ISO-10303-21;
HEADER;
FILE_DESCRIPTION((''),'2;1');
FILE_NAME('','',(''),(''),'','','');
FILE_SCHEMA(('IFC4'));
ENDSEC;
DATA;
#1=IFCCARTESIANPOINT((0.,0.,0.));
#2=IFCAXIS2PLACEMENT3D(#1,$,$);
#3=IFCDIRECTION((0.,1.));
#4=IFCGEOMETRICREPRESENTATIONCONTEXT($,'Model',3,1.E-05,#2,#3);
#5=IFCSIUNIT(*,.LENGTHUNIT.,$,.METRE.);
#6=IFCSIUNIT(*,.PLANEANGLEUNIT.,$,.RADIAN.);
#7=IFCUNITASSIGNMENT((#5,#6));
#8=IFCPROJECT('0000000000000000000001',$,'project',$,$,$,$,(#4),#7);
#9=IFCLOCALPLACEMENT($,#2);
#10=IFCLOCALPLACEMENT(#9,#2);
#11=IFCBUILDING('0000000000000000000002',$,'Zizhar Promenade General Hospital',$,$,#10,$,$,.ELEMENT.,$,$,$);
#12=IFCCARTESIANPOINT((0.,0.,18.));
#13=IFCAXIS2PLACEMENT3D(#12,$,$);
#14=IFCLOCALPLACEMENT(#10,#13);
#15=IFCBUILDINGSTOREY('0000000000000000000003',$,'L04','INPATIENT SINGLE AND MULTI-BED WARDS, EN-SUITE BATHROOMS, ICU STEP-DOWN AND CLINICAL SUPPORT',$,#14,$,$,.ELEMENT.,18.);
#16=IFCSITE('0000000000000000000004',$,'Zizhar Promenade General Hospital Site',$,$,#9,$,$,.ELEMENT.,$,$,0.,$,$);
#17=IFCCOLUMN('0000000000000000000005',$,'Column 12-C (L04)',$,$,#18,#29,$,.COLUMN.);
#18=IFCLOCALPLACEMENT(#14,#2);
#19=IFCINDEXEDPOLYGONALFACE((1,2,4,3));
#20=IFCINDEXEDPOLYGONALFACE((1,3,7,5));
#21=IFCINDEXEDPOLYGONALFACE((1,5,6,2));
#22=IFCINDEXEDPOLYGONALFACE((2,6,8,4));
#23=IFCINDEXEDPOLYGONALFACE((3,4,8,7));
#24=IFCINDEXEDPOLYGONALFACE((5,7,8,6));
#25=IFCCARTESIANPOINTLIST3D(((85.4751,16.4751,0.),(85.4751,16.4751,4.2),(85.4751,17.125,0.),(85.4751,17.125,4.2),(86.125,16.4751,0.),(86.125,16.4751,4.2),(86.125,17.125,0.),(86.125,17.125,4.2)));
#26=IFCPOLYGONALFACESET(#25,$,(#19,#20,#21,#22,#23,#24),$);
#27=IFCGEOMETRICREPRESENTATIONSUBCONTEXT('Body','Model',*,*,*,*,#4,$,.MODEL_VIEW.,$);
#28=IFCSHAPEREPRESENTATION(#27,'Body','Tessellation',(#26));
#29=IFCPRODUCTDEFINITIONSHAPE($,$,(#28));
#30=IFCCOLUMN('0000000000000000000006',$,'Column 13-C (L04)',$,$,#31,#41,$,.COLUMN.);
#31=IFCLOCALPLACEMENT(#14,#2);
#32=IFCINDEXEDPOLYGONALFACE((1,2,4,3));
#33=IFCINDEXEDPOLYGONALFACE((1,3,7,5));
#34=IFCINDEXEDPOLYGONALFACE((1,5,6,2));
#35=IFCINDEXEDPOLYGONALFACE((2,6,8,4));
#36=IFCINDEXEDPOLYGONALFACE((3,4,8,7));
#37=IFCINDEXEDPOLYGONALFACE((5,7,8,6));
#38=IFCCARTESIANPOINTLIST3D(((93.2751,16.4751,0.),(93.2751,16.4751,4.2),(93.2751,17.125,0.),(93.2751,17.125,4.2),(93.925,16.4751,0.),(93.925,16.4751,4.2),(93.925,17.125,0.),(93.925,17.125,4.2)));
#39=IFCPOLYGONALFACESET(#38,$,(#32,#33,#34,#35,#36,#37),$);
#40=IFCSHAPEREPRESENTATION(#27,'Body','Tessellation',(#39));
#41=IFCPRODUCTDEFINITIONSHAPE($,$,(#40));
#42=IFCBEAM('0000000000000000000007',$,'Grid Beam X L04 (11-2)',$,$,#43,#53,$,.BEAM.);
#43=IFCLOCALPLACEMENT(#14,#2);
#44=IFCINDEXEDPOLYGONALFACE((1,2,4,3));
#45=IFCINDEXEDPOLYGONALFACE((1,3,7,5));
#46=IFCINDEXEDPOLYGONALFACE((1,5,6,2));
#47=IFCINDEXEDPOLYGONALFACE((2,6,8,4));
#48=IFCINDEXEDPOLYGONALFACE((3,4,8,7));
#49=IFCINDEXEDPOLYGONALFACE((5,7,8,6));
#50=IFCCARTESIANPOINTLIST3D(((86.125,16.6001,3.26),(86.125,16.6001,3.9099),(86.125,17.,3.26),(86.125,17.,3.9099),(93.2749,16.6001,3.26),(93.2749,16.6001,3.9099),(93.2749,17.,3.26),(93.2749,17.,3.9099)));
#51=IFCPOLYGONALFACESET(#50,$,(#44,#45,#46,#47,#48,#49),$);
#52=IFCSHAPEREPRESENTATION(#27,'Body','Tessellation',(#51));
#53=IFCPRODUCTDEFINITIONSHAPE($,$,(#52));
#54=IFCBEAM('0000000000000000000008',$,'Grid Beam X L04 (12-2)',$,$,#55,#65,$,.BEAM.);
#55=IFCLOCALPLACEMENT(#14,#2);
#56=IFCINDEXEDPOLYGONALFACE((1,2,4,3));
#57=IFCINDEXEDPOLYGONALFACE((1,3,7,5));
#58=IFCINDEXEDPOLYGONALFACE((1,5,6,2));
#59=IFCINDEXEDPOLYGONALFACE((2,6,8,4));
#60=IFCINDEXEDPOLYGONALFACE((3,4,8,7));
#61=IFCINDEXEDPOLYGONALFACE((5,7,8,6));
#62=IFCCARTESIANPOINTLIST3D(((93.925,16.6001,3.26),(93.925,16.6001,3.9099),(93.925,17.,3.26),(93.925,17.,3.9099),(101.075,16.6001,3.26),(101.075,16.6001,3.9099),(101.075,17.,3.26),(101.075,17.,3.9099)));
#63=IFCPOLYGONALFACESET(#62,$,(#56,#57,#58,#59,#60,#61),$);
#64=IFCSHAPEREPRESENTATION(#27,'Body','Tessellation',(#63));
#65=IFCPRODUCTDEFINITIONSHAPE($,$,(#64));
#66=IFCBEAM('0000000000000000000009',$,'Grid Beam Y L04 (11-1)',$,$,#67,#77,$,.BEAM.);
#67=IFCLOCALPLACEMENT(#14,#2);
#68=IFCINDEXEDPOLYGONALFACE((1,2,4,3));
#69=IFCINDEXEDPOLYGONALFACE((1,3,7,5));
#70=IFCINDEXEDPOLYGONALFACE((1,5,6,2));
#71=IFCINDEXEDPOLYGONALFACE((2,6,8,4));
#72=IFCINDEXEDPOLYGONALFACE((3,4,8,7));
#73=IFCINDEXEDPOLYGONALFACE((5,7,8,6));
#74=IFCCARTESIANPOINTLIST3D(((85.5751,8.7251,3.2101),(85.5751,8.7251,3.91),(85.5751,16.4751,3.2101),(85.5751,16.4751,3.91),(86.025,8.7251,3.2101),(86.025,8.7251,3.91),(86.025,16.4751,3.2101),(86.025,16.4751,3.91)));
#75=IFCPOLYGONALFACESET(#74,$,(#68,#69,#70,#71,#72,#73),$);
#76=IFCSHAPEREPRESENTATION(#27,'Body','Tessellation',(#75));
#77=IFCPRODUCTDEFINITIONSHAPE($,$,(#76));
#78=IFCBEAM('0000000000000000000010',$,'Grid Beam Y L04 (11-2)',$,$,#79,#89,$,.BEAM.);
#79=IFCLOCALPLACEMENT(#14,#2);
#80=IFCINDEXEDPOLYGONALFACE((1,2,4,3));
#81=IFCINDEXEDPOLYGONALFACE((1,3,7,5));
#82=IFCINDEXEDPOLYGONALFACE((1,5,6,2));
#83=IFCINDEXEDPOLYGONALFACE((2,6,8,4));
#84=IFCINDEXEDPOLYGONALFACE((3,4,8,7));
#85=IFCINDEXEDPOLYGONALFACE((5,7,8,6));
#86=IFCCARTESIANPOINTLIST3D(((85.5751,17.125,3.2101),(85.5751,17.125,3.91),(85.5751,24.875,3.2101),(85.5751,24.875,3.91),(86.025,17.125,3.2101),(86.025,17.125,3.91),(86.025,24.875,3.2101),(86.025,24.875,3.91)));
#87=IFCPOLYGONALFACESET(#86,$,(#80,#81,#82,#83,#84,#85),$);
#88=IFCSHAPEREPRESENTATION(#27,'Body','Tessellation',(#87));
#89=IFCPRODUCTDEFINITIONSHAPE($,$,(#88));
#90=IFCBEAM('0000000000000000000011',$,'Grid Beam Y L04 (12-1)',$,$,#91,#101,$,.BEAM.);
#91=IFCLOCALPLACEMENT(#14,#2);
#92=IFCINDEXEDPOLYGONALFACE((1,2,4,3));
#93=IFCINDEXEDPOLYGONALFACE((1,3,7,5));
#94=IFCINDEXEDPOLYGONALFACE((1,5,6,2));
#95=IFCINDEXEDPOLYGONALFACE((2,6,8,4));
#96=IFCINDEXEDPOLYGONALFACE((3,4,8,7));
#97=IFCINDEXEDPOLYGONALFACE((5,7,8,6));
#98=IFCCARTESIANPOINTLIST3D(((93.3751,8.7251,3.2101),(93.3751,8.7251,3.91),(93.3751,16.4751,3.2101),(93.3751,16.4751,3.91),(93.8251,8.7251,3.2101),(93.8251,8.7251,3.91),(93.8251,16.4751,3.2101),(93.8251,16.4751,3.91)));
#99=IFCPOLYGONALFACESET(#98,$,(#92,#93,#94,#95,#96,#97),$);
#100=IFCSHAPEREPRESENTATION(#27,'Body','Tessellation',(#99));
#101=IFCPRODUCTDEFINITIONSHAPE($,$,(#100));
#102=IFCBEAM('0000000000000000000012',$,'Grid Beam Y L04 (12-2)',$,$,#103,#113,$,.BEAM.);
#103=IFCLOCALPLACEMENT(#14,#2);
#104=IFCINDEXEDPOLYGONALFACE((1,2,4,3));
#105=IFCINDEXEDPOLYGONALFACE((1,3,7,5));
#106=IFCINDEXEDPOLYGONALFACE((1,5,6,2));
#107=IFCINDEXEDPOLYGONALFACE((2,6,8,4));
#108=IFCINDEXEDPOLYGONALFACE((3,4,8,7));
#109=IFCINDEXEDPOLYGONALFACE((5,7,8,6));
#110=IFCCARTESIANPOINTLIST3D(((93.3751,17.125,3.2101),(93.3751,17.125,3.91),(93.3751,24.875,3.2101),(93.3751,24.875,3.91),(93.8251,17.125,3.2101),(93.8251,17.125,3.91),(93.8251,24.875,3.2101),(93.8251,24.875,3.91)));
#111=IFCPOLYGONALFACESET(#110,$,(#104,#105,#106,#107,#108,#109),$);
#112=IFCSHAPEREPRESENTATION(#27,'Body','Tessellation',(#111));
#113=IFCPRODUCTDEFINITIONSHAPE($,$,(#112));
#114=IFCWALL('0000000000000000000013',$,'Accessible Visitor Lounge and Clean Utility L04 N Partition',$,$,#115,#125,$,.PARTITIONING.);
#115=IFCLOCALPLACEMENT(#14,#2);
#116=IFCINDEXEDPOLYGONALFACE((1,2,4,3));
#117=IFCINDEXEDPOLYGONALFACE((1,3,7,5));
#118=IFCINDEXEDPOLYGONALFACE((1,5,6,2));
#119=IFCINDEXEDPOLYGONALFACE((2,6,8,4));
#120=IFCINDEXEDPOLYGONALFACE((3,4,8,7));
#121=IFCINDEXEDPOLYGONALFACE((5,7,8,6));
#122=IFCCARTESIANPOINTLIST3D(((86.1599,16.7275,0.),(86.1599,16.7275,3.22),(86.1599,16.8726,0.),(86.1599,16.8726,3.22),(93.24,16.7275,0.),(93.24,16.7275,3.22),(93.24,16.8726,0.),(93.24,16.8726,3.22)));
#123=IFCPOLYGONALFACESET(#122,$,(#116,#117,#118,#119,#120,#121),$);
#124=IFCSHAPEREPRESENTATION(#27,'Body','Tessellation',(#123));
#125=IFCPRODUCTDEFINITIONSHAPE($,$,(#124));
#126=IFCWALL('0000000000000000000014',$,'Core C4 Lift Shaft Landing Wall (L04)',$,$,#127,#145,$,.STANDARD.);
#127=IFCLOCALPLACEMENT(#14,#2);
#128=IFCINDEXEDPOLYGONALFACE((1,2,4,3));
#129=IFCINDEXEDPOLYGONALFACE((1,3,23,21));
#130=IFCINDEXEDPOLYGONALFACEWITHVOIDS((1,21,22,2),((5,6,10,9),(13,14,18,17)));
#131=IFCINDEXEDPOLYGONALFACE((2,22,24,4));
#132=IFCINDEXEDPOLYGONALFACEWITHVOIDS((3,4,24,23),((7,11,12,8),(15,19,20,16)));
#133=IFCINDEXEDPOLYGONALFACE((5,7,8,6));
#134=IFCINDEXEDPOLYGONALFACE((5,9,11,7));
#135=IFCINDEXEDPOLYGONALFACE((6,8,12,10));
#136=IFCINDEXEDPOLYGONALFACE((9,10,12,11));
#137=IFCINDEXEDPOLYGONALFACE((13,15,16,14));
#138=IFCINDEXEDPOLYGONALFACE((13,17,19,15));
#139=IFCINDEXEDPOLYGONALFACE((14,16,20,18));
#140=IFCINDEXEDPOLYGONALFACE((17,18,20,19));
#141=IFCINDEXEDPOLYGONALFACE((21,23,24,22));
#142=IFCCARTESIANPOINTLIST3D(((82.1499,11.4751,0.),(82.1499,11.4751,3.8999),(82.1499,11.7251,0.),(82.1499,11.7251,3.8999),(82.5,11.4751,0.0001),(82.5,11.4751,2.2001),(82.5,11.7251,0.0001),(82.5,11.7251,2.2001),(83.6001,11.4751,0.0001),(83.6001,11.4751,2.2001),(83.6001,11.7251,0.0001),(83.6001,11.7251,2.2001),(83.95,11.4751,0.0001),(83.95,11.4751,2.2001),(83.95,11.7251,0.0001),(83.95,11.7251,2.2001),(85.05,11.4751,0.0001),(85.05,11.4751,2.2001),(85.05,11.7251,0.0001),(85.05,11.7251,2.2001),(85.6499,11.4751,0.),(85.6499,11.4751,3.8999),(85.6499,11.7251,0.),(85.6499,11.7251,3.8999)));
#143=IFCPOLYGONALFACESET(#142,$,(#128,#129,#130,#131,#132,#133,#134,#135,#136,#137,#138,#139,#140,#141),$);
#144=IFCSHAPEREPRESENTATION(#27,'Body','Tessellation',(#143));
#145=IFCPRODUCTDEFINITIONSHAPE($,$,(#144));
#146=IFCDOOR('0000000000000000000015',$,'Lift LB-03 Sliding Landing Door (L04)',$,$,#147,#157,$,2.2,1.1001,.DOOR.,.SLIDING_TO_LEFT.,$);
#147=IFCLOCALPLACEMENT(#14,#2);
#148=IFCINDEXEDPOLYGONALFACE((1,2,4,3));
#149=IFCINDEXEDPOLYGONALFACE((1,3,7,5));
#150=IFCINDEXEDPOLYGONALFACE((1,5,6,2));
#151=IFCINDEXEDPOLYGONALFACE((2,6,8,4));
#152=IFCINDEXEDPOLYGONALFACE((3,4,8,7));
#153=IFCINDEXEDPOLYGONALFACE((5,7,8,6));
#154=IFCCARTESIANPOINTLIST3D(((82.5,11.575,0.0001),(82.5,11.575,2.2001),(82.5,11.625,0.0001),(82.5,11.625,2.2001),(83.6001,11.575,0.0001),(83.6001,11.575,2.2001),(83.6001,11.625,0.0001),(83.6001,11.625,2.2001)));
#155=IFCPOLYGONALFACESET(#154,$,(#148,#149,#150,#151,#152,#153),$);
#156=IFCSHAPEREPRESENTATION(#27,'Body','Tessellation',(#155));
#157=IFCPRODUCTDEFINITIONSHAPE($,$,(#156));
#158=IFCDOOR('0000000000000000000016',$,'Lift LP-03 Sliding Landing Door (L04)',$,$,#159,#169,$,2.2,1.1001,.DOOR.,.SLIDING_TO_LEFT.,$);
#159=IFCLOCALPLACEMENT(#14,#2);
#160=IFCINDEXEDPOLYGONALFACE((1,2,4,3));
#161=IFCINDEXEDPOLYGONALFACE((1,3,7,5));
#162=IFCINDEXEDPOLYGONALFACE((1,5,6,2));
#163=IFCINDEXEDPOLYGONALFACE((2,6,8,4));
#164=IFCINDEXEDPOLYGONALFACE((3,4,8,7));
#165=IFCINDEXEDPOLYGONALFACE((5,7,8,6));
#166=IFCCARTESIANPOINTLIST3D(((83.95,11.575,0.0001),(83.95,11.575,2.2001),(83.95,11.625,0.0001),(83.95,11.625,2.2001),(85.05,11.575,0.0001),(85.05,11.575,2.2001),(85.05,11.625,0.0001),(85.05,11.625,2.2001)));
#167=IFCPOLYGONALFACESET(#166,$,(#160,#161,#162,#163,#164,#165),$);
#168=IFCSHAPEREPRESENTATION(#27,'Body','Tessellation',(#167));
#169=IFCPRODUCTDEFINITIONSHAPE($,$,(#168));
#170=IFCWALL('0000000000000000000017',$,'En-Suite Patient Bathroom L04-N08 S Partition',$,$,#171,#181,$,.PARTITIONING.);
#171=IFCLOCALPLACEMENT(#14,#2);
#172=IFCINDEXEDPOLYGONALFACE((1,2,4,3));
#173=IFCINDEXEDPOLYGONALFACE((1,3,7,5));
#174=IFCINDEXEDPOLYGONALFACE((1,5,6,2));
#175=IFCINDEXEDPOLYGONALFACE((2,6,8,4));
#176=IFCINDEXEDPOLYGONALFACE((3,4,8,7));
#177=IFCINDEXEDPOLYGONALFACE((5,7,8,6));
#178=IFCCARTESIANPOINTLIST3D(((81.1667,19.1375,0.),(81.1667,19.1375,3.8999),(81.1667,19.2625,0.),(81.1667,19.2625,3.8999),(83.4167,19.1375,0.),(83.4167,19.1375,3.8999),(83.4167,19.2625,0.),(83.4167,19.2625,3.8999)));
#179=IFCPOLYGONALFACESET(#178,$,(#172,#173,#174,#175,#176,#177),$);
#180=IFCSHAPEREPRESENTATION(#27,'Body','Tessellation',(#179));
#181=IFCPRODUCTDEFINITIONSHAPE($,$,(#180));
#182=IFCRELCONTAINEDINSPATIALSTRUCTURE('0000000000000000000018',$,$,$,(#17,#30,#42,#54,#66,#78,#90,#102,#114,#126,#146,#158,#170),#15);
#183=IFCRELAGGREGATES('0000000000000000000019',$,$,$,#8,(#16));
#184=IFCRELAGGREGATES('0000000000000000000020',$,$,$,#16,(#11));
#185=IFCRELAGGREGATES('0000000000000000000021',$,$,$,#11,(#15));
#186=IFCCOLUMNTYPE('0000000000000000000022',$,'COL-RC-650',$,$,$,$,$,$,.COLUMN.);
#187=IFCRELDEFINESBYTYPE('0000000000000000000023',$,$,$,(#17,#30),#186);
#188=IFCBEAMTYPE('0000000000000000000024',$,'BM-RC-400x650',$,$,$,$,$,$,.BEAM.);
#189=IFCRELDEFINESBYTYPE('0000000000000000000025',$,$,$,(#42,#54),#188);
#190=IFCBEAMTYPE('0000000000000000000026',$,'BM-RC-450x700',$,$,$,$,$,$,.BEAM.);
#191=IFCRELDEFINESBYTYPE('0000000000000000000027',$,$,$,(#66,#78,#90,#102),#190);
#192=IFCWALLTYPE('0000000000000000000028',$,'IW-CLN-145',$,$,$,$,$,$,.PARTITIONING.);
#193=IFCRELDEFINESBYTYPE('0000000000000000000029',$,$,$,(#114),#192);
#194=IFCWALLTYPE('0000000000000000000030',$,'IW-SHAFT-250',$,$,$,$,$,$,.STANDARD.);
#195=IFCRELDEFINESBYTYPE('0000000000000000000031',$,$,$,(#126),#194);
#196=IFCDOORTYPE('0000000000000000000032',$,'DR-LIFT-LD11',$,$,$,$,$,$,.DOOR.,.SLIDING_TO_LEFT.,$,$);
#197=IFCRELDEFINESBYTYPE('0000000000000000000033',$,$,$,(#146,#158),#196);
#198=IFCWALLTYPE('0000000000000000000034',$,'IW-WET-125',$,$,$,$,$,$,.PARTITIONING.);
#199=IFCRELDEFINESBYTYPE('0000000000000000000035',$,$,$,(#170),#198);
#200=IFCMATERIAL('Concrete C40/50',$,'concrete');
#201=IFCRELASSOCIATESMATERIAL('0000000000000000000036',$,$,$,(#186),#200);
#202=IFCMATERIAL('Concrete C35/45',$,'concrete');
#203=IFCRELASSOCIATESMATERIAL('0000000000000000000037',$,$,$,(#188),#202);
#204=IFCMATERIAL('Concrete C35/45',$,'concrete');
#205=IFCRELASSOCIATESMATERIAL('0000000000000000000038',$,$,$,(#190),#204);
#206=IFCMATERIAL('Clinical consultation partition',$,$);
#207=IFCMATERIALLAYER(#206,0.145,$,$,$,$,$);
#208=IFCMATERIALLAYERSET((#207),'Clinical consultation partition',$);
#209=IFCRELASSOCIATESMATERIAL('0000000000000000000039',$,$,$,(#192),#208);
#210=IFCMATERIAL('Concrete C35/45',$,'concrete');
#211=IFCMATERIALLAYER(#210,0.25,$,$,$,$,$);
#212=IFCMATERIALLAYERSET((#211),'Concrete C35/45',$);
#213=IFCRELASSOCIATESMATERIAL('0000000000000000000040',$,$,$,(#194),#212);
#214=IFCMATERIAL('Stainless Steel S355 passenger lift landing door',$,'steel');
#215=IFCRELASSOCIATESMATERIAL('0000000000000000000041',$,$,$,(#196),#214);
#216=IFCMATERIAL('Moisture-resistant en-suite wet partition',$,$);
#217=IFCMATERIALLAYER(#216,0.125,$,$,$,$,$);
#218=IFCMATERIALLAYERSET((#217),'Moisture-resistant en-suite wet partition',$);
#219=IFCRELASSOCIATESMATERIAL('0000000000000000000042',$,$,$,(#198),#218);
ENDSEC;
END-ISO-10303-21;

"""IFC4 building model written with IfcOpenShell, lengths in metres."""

from ifc_helpers import new_model, si_unit, direction, frame, frame_2d, origin, origin_2d, place, context, subcontext, project, spatial, rectangle, extrude, material, layer, layer_set, material_profile, profile_set, type_object, element, fill, save


model = new_model("IFC4")

# Units and contexts
model_context = context("Model", 3, precision=1e-05, world=origin(), true_north=direction((0.0, 1.0)))
body_context = subcontext(model_context, "Body", "Model", "MODEL_VIEW")
ifc_project = project(units=[si_unit("LENGTHUNIT", "METRE"), si_unit("PLANEANGLEUNIT", "RADIAN")], contexts=[model_context])

# Site, building, storey
site_placement = place(None, origin())
site = spatial("IfcSite", under=ifc_project, at=site_placement, Name="Zizhar Promenade General Hospital Site", CompositionType="ELEMENT", RefElevation=0.0)
building_placement = place(site_placement, origin())
building = spatial("IfcBuilding", under=site, at=building_placement, Name="Zizhar Promenade General Hospital", CompositionType="ELEMENT")
storey_placement = place(building_placement, frame((0.0, 0.0, 18.0)))
storey = spatial("IfcBuildingStorey", under=building, at=storey_placement, Name="L04", Description="INPATIENT SINGLE AND MULTI-BED WARDS, EN-SUITE BATHROOMS, ICU STEP-DOWN AND CLINICAL SUPPORT", CompositionType="ELEMENT", Elevation=18.0)

# Columns
ifc_material_1 = material(Name="Concrete C40/50", Category="concrete")
ifc_material_profile_1 = material_profile(ifc_material_1, rectangle(XDim=0.6499, YDim=0.6499, at=origin_2d()))
ifc_profile_set_1 = profile_set([ifc_material_profile_1], Name="Concrete C40/50")
column_type = type_object("IfcColumnType", Name="COL-RC-650", PredefinedType="COLUMN", material=ifc_profile_set_1)
for number, where, z_axis, x_axis, name in (
    (1, (85.8, 16.8, 0.0), (0.0, 0.0, 1.0), (1.0, 0.0, 0.0), "Column 12-C (L04)"),
    (2, (93.6001, 16.8, 0.0), (0.0, 0.0, 1.0), (1.0, 0.0, 0.0), "Column 13-C (L04)"),
):
    element("IfcColumn", number, at=place(storey_placement, frame(where, z_axis=z_axis, x_axis=x_axis)), inside=storey, type_object=column_type, Name=name, PredefinedType="COLUMN", context=body_context, shape_type="SweptSolid", body=[
        extrude(rectangle(XDim=0.6499, YDim=0.6499, at=origin_2d()), origin(), (0.0, 0.0, 1.0), 4.2),
    ])

# Beams
ifc_material_2 = material(Name="Concrete C35/45", Category="concrete")
ifc_material_profile_2 = material_profile(ifc_material_2, rectangle(XDim=0.3999, YDim=0.6499, at=origin_2d()))
ifc_profile_set_2 = profile_set([ifc_material_profile_2], Name="Concrete C35/45")
beam_type_1 = type_object("IfcBeamType", Name="BM-RC-400x650", PredefinedType="BEAM", material=ifc_profile_set_2)
for number, where, z_axis, x_axis, name in (
    (3, (86.125, 16.8, 3.585), (1.0, 0.0, 0.0), (0.0, 1.0, 0.0), "Grid Beam X L04 (11-2)"),
    (4, (93.925, 16.8, 3.585), (1.0, 0.0, 0.0), (0.0, 1.0, 0.0), "Grid Beam X L04 (12-2)"),
):
    element("IfcBeam", number, at=place(storey_placement, frame(where, z_axis=z_axis, x_axis=x_axis)), inside=storey, type_object=beam_type_1, Name=name, PredefinedType="BEAM", context=body_context, shape_type="SweptSolid", body=[
        extrude(rectangle(XDim=0.3999, YDim=0.6499, at=origin_2d()), origin(), (0.0, 0.0, 1.0), 7.1499),
    ])
ifc_material_3 = material(Name="Concrete C35/45", Category="concrete")
ifc_material_profile_3 = material_profile(ifc_material_3, rectangle(XDim=0.45, YDim=0.7, at=origin_2d()))
ifc_profile_set_3 = profile_set([ifc_material_profile_3], Name="Concrete C35/45")
beam_type_2 = type_object("IfcBeamType", Name="BM-RC-450x700", PredefinedType="BEAM", material=ifc_profile_set_3)
for number, where, z_axis, x_axis, name in (
    (5, (85.8, 8.7251, 3.5601), (0.0, 1.0, 0.0), (-1.0, 0.0, 0.0), "Grid Beam Y L04 (11-1)"),
    (6, (85.8, 17.125, 3.5601), (0.0, 1.0, 0.0), (-1.0, 0.0, 0.0), "Grid Beam Y L04 (11-2)"),
    (7, (93.6001, 8.7251, 3.5601), (0.0, 1.0, 0.0), (-1.0, 0.0, 0.0), "Grid Beam Y L04 (12-1)"),
    (8, (93.6001, 17.125, 3.5601), (0.0, 1.0, 0.0), (-1.0, 0.0, 0.0), "Grid Beam Y L04 (12-2)"),
):
    element("IfcBeam", number, at=place(storey_placement, frame(where, z_axis=z_axis, x_axis=x_axis)), inside=storey, type_object=beam_type_2, Name=name, PredefinedType="BEAM", context=body_context, shape_type="SweptSolid", body=[
        extrude(rectangle(XDim=0.45, YDim=0.7, at=origin_2d()), origin(), (0.0, 0.0, 1.0), 7.75),
    ])

# Wall
ifc_material_4 = material(Name="Clinical consultation partition")
ifc_layer_1 = layer(ifc_material_4, 0.145)
ifc_layer_set_1 = layer_set([ifc_layer_1], Name="Clinical consultation partition")
wall_type_1 = type_object("IfcWallType", Name="IW-CLN-145", PredefinedType="PARTITIONING", material=ifc_layer_set_1)
wall_1_placement = place(storey_placement, frame((86.1599, 16.8, 0.0), z_axis=(0.0, 0.0, 1.0), x_axis=(1.0, 0.0, 0.0)))
element("IfcWall", 9, at=wall_1_placement, inside=storey, type_object=wall_type_1, Name="Accessible Visitor Lounge and Clean Utility L04 N Partition", PredefinedType="PARTITIONING", context=body_context, shape_type="SweptSolid", body=[
    extrude(rectangle(XDim=7.0801, YDim=0.145, at=frame_2d((3.54, 0.0))), origin(), (0.0, 0.0, 1.0), 3.22),
])

# Wall, openings, doors
ifc_material_5 = material(Name="Concrete C35/45", Category="concrete")
ifc_layer_2 = layer(ifc_material_5, 0.25)
ifc_layer_set_2 = layer_set([ifc_layer_2], Name="Concrete C35/45")
wall_type_2 = type_object("IfcWallType", Name="IW-SHAFT-250", PredefinedType="STANDARD", material=ifc_layer_set_2)
wall_2_placement = place(storey_placement, frame((82.1499, 11.6001, 0.0), z_axis=(0.0, 0.0, 1.0), x_axis=(1.0, 0.0, 0.0)))
wall_2 = element("IfcWall", 10, at=wall_2_placement, inside=storey, type_object=wall_type_2, Name="Core C4 Lift Shaft Landing Wall (L04)", PredefinedType="STANDARD", context=body_context, shape_type="SweptSolid", body=[
    extrude(rectangle(XDim=3.5, YDim=0.25, at=frame_2d((1.75, 0.0))), origin(), (0.0, 0.0, 1.0), 3.8999),
])
opening_1_placement = place(wall_2_placement, frame((0.3501, 0.0, 0.0)))
opening_1 = element("IfcOpeningElement", 11, at=opening_1_placement, cuts=wall_2, PredefinedType="OPENING", context=body_context, shape_type="SweptSolid", body=[
    extrude(rectangle(XDim=1.1001, YDim=2.2, at=frame_2d((0.55, 1.1001))), frame((0.0, 0.135, 0.0), z_axis=(0.0, -1.0, 0.0), x_axis=(1.0, 0.0, 0.0)), (0.0, 0.0, 1.0), 0.27),
])
opening_2_placement = place(wall_2_placement, frame((1.8, 0.0, 0.0)))
opening_2 = element("IfcOpeningElement", 12, at=opening_2_placement, cuts=wall_2, PredefinedType="OPENING", context=body_context, shape_type="SweptSolid", body=[
    extrude(rectangle(XDim=1.1001, YDim=2.2, at=frame_2d((0.55, 1.1001))), frame((0.0, 0.135, 0.0), z_axis=(0.0, -1.0, 0.0), x_axis=(1.0, 0.0, 0.0)), (0.0, 0.0, 1.0), 0.27),
])
ifc_material_6 = material(Name="Stainless Steel S355 passenger lift landing door", Category="steel")
door_type = type_object("IfcDoorType", Name="DR-LIFT-LD11", OperationType="SLIDING_TO_LEFT", PredefinedType="DOOR", material=ifc_material_6)
door_1_placement = place(opening_1_placement, origin())
door_1 = element("IfcDoor", 13, at=door_1_placement, inside=storey, type_object=door_type, Name="Lift LB-03 Sliding Landing Door (L04)", OperationType="SLIDING_TO_LEFT", OverallHeight=2.2, OverallWidth=1.1001, PredefinedType="DOOR", context=body_context, shape_type="SweptSolid", body=[
    extrude(rectangle(XDim=1.1001, YDim=2.2, at=frame_2d((0.55, 1.1001))), frame((0.0, 0.0249, 0.0), z_axis=(0.0, -1.0, 0.0), x_axis=(1.0, 0.0, 0.0)), (0.0, 0.0, 1.0), 0.05),
])
fill(opening_1, door_1)
door_2_placement = place(opening_2_placement, origin())
door_2 = element("IfcDoor", 14, at=door_2_placement, inside=storey, type_object=door_type, Name="Lift LP-03 Sliding Landing Door (L04)", OperationType="SLIDING_TO_LEFT", OverallHeight=2.2, OverallWidth=1.1001, PredefinedType="DOOR", context=body_context, shape_type="SweptSolid", body=[
    extrude(rectangle(XDim=1.1001, YDim=2.2, at=frame_2d((0.55, 1.1001))), frame((0.0, 0.0249, 0.0), z_axis=(0.0, -1.0, 0.0), x_axis=(1.0, 0.0, 0.0)), (0.0, 0.0, 1.0), 0.05),
])
fill(opening_2, door_2)

# Wall
ifc_material_7 = material(Name="Moisture-resistant en-suite wet partition")
ifc_layer_3 = layer(ifc_material_7, 0.125)
ifc_layer_set_3 = layer_set([ifc_layer_3], Name="Moisture-resistant en-suite wet partition")
wall_type_3 = type_object("IfcWallType", Name="IW-WET-125", PredefinedType="PARTITIONING", material=ifc_layer_set_3)
wall_3_placement = place(storey_placement, frame((81.1667, 19.2, 0.0), z_axis=(0.0, 0.0, 1.0), x_axis=(1.0, 0.0, 0.0)))
element("IfcWall", 15, at=wall_3_placement, inside=storey, type_object=wall_type_3, Name="En-Suite Patient Bathroom L04-N08 S Partition", PredefinedType="PARTITIONING", context=body_context, shape_type="SweptSolid", body=[
    extrude(rectangle(XDim=2.25, YDim=0.125, at=frame_2d((1.125, 0.0))), origin(), (0.0, 0.0, 1.0), 3.8999),
])

save(model, "model.ifc")
